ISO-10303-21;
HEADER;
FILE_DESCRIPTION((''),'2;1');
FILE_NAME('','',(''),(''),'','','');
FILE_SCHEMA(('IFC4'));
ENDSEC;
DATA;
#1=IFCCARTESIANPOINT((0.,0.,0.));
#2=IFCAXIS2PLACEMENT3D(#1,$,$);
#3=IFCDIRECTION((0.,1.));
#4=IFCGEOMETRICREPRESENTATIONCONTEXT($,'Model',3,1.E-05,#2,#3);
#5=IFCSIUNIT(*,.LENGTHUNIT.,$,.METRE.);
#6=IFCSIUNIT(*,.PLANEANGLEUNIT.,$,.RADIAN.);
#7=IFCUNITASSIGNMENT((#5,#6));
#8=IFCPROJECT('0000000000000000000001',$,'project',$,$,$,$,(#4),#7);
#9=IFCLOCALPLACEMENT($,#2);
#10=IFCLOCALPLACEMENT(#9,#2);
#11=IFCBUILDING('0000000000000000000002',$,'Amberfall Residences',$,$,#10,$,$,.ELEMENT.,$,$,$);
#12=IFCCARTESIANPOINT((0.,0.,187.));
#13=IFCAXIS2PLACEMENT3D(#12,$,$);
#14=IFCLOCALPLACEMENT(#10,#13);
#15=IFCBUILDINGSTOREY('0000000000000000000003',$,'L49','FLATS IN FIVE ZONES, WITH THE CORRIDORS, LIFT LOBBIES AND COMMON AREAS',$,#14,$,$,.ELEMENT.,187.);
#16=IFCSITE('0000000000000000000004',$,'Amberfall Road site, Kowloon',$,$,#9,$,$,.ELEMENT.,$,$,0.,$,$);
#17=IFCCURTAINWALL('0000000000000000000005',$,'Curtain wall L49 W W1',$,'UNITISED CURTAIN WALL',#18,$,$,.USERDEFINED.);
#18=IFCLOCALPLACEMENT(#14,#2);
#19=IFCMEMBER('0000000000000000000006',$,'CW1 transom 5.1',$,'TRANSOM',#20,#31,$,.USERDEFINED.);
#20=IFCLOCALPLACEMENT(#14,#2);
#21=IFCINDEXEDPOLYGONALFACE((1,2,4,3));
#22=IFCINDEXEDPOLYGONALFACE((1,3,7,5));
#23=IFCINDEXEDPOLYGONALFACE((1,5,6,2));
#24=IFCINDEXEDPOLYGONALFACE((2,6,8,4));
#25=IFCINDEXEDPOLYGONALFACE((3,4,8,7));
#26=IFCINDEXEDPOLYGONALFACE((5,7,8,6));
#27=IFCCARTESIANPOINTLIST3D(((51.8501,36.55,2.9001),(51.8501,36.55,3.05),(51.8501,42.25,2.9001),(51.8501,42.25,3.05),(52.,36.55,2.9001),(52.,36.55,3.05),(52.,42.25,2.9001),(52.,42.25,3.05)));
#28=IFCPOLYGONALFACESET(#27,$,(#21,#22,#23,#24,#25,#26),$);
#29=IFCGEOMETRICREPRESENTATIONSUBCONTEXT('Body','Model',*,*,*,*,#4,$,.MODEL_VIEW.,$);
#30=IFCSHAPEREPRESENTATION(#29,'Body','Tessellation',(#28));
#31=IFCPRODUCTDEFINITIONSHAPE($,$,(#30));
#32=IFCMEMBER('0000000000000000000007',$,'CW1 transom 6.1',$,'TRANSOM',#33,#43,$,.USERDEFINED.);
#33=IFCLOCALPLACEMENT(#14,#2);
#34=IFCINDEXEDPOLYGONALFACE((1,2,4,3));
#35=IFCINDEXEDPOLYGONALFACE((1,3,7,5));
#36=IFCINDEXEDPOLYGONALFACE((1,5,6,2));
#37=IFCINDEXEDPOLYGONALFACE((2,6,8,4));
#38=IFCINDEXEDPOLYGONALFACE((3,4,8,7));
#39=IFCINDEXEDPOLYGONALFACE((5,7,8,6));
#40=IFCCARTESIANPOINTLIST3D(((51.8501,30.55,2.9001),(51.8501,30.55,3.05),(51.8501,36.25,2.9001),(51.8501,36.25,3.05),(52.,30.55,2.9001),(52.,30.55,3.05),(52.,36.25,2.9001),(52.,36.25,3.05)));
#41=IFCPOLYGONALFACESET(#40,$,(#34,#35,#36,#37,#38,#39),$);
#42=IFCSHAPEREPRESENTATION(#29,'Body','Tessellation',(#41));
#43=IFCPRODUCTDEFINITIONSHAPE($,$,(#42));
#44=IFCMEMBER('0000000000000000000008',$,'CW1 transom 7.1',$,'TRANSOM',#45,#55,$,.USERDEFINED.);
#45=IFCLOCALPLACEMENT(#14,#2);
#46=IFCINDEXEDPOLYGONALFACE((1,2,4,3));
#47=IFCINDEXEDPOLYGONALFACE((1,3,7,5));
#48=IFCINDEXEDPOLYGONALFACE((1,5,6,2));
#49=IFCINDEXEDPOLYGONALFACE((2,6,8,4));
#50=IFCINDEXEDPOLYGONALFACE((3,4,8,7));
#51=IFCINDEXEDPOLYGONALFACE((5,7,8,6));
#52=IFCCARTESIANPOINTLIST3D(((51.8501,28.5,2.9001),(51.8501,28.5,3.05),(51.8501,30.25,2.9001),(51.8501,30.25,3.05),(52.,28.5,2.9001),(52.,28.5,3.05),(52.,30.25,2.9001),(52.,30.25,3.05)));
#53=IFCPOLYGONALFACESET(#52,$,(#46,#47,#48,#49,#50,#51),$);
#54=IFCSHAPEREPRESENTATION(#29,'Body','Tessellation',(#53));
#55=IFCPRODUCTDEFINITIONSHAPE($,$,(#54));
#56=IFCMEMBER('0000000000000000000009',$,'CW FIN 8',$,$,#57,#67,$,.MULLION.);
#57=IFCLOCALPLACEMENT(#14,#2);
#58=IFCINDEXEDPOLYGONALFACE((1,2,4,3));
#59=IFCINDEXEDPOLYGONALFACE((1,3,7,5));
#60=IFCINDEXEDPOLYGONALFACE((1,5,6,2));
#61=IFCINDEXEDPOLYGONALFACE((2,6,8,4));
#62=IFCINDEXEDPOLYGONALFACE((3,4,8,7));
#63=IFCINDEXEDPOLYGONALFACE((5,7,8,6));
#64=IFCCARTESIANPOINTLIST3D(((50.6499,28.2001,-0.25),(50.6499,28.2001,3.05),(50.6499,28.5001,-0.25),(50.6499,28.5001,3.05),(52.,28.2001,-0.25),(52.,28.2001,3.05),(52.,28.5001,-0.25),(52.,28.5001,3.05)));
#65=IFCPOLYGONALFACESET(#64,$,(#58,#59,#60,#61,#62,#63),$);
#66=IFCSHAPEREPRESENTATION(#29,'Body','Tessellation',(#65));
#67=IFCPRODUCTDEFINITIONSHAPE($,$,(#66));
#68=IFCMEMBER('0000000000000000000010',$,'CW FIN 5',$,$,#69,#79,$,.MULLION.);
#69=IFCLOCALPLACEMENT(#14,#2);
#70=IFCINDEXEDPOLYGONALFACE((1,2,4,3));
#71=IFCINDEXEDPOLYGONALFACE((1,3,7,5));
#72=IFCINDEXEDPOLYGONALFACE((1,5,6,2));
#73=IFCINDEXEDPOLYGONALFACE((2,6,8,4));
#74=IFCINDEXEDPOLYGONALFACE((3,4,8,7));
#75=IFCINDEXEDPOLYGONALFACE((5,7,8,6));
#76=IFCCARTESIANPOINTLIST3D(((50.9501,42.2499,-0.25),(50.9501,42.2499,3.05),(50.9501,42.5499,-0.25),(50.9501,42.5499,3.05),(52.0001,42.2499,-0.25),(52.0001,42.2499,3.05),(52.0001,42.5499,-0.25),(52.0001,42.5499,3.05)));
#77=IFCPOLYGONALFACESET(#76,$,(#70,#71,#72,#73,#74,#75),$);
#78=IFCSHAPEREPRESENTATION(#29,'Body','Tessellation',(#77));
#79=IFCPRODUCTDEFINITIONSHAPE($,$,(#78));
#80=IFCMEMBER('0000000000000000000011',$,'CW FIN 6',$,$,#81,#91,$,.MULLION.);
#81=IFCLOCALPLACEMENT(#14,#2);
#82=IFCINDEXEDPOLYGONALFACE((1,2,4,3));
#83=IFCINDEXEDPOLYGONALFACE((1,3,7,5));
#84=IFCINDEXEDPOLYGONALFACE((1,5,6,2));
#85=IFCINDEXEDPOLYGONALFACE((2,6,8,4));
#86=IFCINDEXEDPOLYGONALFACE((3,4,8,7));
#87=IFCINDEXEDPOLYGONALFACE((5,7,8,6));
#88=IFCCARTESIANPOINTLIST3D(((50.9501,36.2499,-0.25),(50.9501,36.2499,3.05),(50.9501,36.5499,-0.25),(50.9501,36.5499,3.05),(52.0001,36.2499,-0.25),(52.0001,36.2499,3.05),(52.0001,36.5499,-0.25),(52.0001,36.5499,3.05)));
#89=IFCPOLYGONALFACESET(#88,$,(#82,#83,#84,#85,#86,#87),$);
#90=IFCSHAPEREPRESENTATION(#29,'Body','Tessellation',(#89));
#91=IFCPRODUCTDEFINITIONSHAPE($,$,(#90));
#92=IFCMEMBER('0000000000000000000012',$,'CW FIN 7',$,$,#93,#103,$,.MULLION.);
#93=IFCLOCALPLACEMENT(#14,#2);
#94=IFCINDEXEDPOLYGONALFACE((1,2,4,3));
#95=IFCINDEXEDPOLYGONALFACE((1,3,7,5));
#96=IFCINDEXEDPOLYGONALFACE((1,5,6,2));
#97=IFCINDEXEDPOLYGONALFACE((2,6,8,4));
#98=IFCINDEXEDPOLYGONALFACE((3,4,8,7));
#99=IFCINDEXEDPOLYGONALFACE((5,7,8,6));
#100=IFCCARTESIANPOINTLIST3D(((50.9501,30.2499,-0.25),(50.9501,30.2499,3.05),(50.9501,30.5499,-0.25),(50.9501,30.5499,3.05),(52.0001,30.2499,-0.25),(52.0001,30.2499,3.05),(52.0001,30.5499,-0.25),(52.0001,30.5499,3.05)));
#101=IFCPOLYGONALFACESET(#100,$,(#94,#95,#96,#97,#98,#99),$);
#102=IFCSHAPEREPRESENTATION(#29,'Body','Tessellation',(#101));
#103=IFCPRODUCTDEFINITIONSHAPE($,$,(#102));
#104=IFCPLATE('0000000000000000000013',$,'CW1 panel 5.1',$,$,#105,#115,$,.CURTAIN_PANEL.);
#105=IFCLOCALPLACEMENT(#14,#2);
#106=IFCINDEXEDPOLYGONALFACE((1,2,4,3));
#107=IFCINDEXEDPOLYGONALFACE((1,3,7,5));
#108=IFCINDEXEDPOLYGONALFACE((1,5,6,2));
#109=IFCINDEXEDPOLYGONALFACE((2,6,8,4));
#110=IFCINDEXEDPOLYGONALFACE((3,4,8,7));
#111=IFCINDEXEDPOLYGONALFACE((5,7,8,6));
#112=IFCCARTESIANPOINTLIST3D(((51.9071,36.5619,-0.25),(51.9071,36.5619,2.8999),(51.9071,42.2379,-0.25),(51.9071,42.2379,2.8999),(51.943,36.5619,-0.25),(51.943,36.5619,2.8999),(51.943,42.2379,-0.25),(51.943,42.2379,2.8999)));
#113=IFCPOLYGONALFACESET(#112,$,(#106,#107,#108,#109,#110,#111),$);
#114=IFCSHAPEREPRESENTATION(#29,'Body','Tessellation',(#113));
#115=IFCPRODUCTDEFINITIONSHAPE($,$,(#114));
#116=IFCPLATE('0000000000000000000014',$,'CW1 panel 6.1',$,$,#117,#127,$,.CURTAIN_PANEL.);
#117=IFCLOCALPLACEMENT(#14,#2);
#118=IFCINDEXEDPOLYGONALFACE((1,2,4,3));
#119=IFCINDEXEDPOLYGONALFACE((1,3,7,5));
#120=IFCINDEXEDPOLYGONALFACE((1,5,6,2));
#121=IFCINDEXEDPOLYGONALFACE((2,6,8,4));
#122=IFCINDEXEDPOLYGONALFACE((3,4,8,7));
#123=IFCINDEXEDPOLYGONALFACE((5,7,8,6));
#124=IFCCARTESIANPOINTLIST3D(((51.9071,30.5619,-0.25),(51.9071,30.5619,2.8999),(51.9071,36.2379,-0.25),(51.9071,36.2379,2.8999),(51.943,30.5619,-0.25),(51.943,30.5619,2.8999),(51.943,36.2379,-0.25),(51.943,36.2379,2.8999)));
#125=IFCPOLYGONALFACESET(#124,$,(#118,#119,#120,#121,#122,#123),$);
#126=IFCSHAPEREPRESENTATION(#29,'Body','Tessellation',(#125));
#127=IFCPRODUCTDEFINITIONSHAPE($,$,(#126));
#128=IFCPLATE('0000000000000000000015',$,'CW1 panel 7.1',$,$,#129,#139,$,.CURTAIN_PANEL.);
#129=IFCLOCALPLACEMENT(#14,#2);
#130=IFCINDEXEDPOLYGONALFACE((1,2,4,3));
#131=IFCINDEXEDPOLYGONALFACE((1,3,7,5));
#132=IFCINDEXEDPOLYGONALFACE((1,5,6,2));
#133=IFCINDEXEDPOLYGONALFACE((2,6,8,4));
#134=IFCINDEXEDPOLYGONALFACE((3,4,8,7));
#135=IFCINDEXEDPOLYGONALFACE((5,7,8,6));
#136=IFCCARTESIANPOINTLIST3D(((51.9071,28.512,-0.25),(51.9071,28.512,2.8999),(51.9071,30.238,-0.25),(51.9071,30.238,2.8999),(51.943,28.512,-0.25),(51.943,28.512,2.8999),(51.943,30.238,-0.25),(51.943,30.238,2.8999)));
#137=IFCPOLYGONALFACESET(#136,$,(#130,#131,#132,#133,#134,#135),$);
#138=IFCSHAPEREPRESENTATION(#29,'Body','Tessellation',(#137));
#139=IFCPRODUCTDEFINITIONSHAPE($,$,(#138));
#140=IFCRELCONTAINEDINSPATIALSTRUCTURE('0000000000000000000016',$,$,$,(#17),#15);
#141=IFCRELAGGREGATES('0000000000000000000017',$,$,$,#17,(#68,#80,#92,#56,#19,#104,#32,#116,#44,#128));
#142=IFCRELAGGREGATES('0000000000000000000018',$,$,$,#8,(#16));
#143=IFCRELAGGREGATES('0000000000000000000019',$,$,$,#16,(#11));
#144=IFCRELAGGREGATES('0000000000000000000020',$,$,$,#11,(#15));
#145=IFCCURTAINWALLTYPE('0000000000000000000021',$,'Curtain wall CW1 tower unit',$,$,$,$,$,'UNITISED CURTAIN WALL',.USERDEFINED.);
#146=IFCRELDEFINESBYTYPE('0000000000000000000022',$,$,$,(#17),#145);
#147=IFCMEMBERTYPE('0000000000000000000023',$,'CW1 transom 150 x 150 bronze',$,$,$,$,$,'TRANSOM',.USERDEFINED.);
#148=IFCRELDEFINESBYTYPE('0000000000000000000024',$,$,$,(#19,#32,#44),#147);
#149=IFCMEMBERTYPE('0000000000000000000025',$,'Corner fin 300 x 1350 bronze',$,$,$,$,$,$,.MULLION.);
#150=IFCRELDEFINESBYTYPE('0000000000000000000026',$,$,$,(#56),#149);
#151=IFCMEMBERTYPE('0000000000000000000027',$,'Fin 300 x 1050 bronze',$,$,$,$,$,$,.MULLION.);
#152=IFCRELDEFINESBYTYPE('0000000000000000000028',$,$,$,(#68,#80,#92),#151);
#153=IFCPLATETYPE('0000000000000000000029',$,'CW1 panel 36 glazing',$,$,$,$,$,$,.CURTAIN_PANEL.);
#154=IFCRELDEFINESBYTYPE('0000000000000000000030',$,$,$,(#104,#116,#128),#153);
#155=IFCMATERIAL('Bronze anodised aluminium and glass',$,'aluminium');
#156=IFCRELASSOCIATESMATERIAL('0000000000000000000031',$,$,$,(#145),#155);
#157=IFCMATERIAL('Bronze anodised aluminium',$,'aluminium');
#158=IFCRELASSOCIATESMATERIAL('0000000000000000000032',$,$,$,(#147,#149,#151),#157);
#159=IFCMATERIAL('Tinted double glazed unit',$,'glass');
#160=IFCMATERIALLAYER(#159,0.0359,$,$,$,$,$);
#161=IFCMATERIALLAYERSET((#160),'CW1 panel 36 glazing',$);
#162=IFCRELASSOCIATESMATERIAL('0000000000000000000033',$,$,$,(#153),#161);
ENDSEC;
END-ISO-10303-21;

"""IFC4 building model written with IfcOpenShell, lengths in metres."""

from ifc_helpers import new_model, si_unit, direction, frame, origin, origin_2d, place, context, subcontext, project, spatial, rectangle, extrude, material, layer, layer_set, material_profile, profile_set, type_object, element, aggregate, save


model = new_model("IFC4")

# Units and contexts
model_context = context("Model", 3, precision=1e-05, world=origin(), true_north=direction((0.0, 1.0)))
body_context = subcontext(model_context, "Body", "Model", "MODEL_VIEW")
ifc_project = project(units=[si_unit("LENGTHUNIT", "METRE"), si_unit("PLANEANGLEUNIT", "RADIAN")], contexts=[model_context])

# Site, building, storey
site_placement = place(None, origin())
site = spatial("IfcSite", under=ifc_project, at=site_placement, Name="Amberfall Road site, Kowloon", CompositionType="ELEMENT", RefElevation=0.0)
building_placement = place(site_placement, origin())
building = spatial("IfcBuilding", under=site, at=building_placement, Name="Amberfall Residences", CompositionType="ELEMENT")
storey_placement = place(building_placement, frame((0.0, 0.0, 187.0)))
storey = spatial("IfcBuildingStorey", under=building, at=storey_placement, Name="L49", Description="FLATS IN FIVE ZONES, WITH THE CORRIDORS, LIFT LOBBIES AND COMMON AREAS", CompositionType="ELEMENT", Elevation=187.0)

# Curtain wall, members, plates
ifc_material_1 = material(Name="Bronze anodised aluminium and glass", Category="aluminium")
curtain_wall_type = type_object("IfcCurtainWallType", Name="Curtain wall CW1 tower unit", ElementType="UNITISED CURTAIN WALL", PredefinedType="USERDEFINED", material=ifc_material_1)
curtain_wall_placement = place(storey_placement, origin())
curtain_wall = element("IfcCurtainWall", 1, at=curtain_wall_placement, inside=storey, type_object=curtain_wall_type, Name="Curtain wall L49 W W1", ObjectType="UNITISED CURTAIN WALL", PredefinedType="USERDEFINED")
ifc_material_2 = material(Name="Bronze anodised aluminium", Category="aluminium")
ifc_material_profile_1 = material_profile(ifc_material_2, rectangle(XDim=0.1499, YDim=0.1499, at=origin_2d()), Name="CW1 transom 150 x 150 bronze")
ifc_profile_set_1 = profile_set([ifc_material_profile_1], Name="Bronze anodised aluminium")
member_type_1 = type_object("IfcMemberType", Name="CW1 transom 150 x 150 bronze", ElementType="TRANSOM", PredefinedType="USERDEFINED", material=ifc_profile_set_1)
member_1_placement = place(storey_placement, frame((51.925, 42.25, 2.9751), z_axis=(0.0, -1.0, 0.0), x_axis=(1.0, 0.0, 0.0)))
member_1 = element("IfcMember", 2, at=member_1_placement, type_object=member_type_1, Name="CW1 transom 5.1", ObjectType="TRANSOM", PredefinedType="USERDEFINED", context=body_context, shape_type="SweptSolid", body=[
    extrude(rectangle(XDim=0.1499, YDim=0.1499, at=origin_2d()), origin(), (0.0, 0.0, 1.0), 5.7),
])
member_2_placement = place(storey_placement, frame((51.925, 36.25, 2.9751), z_axis=(0.0, -1.0, 0.0), x_axis=(1.0, 0.0, 0.0)))
member_2 = element("IfcMember", 3, at=member_2_placement, type_object=member_type_1, Name="CW1 transom 6.1", ObjectType="TRANSOM", PredefinedType="USERDEFINED", context=body_context, shape_type="SweptSolid", body=[
    extrude(rectangle(XDim=0.1499, YDim=0.1499, at=origin_2d()), origin(), (0.0, 0.0, 1.0), 5.7),
])
member_3_placement = place(storey_placement, frame((51.925, 30.25, 2.9751), z_axis=(0.0, -1.0, 0.0), x_axis=(1.0, 0.0, 0.0)))
member_3 = element("IfcMember", 4, at=member_3_placement, type_object=member_type_1, Name="CW1 transom 7.1", ObjectType="TRANSOM", PredefinedType="USERDEFINED", context=body_context, shape_type="SweptSolid", body=[
    extrude(rectangle(XDim=0.1499, YDim=0.1499, at=origin_2d()), origin(), (0.0, 0.0, 1.0), 1.75),
])
ifc_material_profile_2 = material_profile(ifc_material_2, rectangle(XDim=1.3501, YDim=0.3, at=origin_2d()), Name="Corner fin 300 x 1350 bronze")
ifc_profile_set_2 = profile_set([ifc_material_profile_2], Name="Bronze anodised aluminium")
member_type_2 = type_object("IfcMemberType", Name="Corner fin 300 x 1350 bronze", PredefinedType="MULLION", material=ifc_profile_set_2)
member_4_placement = place(storey_placement, frame((51.325, 28.3501, -0.25), z_axis=(0.0, 0.0, 1.0), x_axis=(1.0, 0.0, 0.0)))
member_4 = element("IfcMember", 5, at=member_4_placement, type_object=member_type_2, Name="CW FIN 8", PredefinedType="MULLION", context=body_context, shape_type="SweptSolid", body=[
    extrude(rectangle(XDim=1.3501, YDim=0.3, at=origin_2d()), origin(), (0.0, 0.0, 1.0), 3.3),
])
ifc_material_profile_3 = material_profile(ifc_material_2, rectangle(XDim=1.05, YDim=0.3, at=origin_2d()), Name="Fin 300 x 1050 bronze")
ifc_profile_set_3 = profile_set([ifc_material_profile_3], Name="Bronze anodised aluminium")
member_type_3 = type_object("IfcMemberType", Name="Fin 300 x 1050 bronze", PredefinedType="MULLION", material=ifc_profile_set_3)
member_5_placement = place(storey_placement, frame((51.4751, 42.3999, -0.25), z_axis=(0.0, 0.0, 1.0), x_axis=(1.0, 0.0, 0.0)))
member_5 = element("IfcMember", 6, at=member_5_placement, type_object=member_type_3, Name="CW FIN 5", PredefinedType="MULLION", context=body_context, shape_type="SweptSolid", body=[
    extrude(rectangle(XDim=1.05, YDim=0.3, at=origin_2d()), origin(), (0.0, 0.0, 1.0), 3.3),
])
member_6_placement = place(storey_placement, frame((51.4751, 36.3999, -0.25), z_axis=(0.0, 0.0, 1.0), x_axis=(1.0, 0.0, 0.0)))
member_6 = element("IfcMember", 7, at=member_6_placement, type_object=member_type_3, Name="CW FIN 6", PredefinedType="MULLION", context=body_context, shape_type="SweptSolid", body=[
    extrude(rectangle(XDim=1.05, YDim=0.3, at=origin_2d()), origin(), (0.0, 0.0, 1.0), 3.3),
])
member_7_placement = place(storey_placement, frame((51.4751, 30.3999, -0.25), z_axis=(0.0, 0.0, 1.0), x_axis=(1.0, 0.0, 0.0)))
member_7 = element("IfcMember", 8, at=member_7_placement, type_object=member_type_3, Name="CW FIN 7", PredefinedType="MULLION", context=body_context, shape_type="SweptSolid", body=[
    extrude(rectangle(XDim=1.05, YDim=0.3, at=origin_2d()), origin(), (0.0, 0.0, 1.0), 3.3),
])
ifc_material_3 = material(Name="Tinted double glazed unit", Category="glass")
ifc_layer_1 = layer(ifc_material_3, 0.0359)
ifc_layer_set_1 = layer_set([ifc_layer_1], Name="CW1 panel 36 glazing")
plate_type = type_object("IfcPlateType", Name="CW1 panel 36 glazing", PredefinedType="CURTAIN_PANEL", material=ifc_layer_set_1)
plate_1_placement = place(storey_placement, frame((51.925, 39.3999, -0.25), z_axis=(0.0, 0.0, 1.0), x_axis=(0.0, -1.0, 0.0)))
plate_1 = element("IfcPlate", 9, at=plate_1_placement, type_object=plate_type, Name="CW1 panel 5.1", PredefinedType="CURTAIN_PANEL", context=body_context, shape_type="SweptSolid", body=[
    extrude(rectangle(XDim=5.676, YDim=0.0359, at=origin_2d()), origin(), (0.0, 0.0, 1.0), 3.1499),
])
plate_2_placement = place(storey_placement, frame((51.925, 33.3999, -0.25), z_axis=(0.0, 0.0, 1.0), x_axis=(0.0, -1.0, 0.0)))
plate_2 = element("IfcPlate", 10, at=plate_2_placement, type_object=plate_type, Name="CW1 panel 6.1", PredefinedType="CURTAIN_PANEL", context=body_context, shape_type="SweptSolid", body=[
    extrude(rectangle(XDim=5.676, YDim=0.0359, at=origin_2d()), origin(), (0.0, 0.0, 1.0), 3.1499),
])
plate_3_placement = place(storey_placement, frame((51.925, 29.375, -0.25), z_axis=(0.0, 0.0, 1.0), x_axis=(0.0, -1.0, 0.0)))
plate_3 = element("IfcPlate", 11, at=plate_3_placement, type_object=plate_type, Name="CW1 panel 7.1", PredefinedType="CURTAIN_PANEL", context=body_context, shape_type="SweptSolid", body=[
    extrude(rectangle(XDim=1.7261, YDim=0.0359, at=origin_2d()), origin(), (0.0, 0.0, 1.0), 3.1499),
])
aggregate(curtain_wall, [member_5, member_6, member_7, member_4, member_1, plate_1, member_2, plate_2, member_3, plate_3])

save(model, "model.ifc")
